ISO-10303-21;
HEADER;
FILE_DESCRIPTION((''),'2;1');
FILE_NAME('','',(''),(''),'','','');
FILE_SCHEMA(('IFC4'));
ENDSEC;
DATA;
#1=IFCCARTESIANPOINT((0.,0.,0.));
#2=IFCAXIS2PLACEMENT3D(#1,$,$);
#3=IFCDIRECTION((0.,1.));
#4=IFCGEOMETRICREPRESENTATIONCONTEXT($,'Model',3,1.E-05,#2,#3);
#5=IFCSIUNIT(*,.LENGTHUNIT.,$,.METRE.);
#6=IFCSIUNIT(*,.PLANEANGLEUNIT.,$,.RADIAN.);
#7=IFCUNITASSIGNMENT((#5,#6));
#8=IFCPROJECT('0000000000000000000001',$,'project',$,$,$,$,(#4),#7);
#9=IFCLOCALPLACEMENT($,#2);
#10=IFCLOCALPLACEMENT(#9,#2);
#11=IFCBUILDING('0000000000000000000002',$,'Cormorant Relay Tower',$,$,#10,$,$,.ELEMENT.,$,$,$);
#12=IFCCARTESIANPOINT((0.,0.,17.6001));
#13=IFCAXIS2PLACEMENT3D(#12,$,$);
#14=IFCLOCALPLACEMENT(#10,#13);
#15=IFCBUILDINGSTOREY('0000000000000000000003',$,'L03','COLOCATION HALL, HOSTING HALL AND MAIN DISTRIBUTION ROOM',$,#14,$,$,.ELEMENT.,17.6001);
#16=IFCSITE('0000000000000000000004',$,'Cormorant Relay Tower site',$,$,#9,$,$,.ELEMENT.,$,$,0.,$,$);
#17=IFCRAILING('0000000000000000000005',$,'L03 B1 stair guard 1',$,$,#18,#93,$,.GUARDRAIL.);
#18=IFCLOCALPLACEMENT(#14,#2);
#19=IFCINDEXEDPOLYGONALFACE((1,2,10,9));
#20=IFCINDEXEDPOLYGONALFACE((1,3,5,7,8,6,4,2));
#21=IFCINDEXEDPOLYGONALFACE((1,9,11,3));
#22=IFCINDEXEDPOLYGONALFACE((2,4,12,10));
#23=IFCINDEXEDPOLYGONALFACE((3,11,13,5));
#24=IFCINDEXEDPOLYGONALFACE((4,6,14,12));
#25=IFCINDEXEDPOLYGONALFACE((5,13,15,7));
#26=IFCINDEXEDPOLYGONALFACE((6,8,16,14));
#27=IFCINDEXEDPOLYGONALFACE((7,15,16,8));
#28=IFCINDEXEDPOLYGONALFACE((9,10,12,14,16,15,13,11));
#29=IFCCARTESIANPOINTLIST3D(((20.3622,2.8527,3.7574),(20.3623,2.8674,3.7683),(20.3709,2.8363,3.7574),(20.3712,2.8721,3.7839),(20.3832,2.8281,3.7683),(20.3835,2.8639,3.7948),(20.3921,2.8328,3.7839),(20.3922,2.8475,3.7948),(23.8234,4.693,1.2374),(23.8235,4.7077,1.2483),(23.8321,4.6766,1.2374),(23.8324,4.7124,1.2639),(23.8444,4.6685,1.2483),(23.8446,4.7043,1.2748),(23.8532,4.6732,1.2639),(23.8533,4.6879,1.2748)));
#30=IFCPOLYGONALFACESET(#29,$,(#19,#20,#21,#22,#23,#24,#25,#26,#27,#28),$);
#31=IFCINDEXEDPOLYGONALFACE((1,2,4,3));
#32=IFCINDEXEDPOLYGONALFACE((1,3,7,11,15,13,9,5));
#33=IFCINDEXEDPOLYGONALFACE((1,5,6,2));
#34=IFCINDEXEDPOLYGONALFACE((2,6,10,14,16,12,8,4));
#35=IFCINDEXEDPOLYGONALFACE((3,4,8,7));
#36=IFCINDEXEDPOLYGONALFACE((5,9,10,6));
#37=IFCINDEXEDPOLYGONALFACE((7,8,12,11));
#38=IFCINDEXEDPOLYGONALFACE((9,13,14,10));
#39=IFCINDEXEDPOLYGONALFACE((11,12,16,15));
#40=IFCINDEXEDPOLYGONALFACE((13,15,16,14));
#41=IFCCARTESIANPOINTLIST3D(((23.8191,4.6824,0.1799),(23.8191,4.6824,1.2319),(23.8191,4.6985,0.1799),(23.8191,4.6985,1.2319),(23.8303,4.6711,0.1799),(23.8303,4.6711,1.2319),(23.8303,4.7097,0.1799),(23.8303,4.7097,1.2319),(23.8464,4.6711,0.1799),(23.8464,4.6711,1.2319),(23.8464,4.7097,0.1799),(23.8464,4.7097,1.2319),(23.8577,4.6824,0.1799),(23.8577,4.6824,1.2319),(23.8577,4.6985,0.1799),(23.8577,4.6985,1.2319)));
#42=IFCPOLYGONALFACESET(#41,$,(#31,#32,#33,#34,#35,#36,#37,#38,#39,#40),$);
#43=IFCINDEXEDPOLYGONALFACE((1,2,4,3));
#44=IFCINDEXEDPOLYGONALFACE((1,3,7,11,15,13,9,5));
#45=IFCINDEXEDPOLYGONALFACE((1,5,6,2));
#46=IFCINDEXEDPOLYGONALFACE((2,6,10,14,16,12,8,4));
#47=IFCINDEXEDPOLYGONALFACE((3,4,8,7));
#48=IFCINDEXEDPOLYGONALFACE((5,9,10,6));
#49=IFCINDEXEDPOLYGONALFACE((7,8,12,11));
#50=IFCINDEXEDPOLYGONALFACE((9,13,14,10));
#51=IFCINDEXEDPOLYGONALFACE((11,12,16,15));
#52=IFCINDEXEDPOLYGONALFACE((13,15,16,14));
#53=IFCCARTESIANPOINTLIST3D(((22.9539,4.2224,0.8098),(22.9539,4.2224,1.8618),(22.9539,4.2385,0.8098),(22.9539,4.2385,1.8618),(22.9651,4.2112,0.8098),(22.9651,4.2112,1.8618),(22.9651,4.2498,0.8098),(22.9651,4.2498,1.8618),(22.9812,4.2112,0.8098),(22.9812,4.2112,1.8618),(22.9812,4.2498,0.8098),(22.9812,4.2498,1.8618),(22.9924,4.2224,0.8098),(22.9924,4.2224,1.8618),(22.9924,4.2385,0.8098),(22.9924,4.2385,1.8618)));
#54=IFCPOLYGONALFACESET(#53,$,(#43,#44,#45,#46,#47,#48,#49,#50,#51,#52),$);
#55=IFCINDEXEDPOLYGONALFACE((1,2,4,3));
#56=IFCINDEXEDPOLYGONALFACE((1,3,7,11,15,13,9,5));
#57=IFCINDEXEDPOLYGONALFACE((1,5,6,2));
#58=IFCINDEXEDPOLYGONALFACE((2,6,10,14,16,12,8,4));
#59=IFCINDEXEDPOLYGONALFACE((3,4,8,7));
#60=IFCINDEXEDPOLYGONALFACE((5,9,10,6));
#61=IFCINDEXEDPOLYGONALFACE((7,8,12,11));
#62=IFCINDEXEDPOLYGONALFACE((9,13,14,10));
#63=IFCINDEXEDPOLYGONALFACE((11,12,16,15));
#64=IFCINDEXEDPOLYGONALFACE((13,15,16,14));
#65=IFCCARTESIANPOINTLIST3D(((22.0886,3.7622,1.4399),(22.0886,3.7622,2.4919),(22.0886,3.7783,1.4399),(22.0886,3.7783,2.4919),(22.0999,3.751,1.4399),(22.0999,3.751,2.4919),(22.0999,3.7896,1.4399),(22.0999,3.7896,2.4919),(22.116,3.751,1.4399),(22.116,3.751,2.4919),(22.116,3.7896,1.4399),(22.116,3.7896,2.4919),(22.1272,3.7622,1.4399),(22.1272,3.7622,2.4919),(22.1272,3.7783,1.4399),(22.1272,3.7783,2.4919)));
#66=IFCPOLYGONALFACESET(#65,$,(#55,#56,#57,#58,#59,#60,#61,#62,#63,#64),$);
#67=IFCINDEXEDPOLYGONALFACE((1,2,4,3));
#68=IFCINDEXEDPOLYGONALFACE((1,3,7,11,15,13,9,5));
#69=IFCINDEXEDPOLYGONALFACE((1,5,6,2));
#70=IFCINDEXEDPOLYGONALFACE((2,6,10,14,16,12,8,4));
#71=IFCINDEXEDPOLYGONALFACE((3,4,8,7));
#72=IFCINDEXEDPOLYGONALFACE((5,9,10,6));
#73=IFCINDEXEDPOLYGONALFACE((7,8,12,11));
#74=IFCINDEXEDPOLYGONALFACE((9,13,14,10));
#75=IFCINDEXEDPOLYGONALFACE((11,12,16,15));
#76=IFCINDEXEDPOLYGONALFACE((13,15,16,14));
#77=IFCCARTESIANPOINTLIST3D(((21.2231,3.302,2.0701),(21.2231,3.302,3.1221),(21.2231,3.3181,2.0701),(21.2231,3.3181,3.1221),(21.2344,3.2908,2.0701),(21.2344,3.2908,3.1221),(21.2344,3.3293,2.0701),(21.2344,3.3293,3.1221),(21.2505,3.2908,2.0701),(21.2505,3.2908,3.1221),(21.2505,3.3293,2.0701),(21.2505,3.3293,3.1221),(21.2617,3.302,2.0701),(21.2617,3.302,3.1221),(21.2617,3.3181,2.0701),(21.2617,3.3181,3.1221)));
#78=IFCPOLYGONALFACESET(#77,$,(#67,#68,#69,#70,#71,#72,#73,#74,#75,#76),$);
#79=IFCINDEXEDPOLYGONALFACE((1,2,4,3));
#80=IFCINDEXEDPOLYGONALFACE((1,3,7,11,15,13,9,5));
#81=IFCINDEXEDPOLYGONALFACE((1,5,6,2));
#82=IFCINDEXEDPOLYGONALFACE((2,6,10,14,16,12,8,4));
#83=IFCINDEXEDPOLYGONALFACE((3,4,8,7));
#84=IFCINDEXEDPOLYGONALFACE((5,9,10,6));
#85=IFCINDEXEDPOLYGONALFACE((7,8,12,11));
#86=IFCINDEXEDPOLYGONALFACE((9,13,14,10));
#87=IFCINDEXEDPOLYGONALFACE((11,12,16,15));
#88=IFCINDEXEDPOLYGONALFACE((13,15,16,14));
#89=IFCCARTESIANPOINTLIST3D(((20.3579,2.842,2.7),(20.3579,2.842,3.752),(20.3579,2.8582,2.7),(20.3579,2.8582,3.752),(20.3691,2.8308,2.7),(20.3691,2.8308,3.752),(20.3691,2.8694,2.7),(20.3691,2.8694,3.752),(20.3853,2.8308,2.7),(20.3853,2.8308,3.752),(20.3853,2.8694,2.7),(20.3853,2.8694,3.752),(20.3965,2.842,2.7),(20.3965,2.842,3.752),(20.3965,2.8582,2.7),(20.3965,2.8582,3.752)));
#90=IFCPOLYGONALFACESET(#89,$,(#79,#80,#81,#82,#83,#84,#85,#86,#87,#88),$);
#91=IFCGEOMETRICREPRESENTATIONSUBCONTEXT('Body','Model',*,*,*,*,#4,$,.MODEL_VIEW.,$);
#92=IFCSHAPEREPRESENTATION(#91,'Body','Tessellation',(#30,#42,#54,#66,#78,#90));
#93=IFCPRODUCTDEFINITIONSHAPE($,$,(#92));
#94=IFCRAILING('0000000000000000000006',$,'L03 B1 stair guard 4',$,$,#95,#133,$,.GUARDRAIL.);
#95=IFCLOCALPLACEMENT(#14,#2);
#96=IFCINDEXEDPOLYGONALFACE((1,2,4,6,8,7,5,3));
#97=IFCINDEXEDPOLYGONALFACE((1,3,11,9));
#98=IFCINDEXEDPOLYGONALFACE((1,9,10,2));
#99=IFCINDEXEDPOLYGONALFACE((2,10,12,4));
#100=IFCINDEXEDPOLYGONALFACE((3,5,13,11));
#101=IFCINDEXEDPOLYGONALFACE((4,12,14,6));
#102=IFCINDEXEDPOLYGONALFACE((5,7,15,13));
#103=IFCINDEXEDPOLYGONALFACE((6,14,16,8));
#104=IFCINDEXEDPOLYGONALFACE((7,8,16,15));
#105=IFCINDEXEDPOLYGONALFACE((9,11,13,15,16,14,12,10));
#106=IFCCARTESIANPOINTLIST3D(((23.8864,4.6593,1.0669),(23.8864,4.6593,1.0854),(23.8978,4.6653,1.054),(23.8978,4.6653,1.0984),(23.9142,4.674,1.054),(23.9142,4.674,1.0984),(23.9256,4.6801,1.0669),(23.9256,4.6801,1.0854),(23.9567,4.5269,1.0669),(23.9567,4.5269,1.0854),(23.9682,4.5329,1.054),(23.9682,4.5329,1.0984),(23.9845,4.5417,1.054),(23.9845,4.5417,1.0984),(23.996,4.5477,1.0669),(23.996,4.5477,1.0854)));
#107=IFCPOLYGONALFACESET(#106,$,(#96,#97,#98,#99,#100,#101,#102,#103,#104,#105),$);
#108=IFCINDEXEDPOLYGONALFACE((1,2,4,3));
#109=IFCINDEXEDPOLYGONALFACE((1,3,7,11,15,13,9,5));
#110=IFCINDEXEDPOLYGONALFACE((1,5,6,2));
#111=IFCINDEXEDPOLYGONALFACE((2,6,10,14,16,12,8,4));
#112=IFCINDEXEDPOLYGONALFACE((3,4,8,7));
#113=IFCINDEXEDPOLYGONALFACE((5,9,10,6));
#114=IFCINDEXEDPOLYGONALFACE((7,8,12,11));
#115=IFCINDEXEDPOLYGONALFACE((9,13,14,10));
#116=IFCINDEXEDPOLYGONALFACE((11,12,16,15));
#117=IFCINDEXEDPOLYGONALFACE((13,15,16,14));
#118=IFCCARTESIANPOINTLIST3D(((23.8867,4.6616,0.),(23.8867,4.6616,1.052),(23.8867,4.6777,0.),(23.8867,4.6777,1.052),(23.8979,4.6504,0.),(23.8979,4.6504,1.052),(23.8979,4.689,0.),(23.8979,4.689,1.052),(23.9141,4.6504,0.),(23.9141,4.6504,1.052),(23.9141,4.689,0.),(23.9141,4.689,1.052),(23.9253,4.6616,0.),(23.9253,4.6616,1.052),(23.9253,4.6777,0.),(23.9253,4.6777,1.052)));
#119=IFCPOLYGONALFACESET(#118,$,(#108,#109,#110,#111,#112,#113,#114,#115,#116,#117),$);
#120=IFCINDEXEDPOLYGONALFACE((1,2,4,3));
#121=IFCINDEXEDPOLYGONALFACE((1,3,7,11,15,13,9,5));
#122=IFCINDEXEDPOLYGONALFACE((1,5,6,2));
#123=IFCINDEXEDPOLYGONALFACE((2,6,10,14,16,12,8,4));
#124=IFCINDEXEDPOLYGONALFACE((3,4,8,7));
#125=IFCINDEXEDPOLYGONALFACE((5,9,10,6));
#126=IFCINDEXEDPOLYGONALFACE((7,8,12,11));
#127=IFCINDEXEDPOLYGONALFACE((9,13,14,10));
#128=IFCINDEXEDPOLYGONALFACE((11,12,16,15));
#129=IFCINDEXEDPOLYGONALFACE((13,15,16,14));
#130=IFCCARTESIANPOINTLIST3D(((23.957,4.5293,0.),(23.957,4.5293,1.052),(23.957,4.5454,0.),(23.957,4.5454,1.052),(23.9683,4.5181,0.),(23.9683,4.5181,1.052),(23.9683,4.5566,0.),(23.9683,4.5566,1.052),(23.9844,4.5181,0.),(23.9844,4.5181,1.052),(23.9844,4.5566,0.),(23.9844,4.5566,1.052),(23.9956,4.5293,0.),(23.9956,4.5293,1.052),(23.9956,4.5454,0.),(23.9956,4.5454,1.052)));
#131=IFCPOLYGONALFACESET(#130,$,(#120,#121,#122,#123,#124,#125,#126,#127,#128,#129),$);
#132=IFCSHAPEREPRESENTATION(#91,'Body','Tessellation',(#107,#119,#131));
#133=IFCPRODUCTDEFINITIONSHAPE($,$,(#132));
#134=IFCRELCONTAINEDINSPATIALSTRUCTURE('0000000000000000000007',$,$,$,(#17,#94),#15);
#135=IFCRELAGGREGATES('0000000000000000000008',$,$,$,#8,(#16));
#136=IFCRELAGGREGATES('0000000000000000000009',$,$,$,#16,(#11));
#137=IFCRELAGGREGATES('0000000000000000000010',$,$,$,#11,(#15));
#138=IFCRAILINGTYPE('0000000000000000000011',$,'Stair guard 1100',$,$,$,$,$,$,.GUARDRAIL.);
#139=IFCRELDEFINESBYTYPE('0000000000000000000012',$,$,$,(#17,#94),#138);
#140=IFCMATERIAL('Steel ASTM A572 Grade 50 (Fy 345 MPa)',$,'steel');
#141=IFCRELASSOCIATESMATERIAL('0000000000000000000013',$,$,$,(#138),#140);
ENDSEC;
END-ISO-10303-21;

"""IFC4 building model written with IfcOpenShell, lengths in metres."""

from ifc_helpers import new_model, si_unit, direction, frame, origin, place, context, subcontext, project, spatial, polyline, outline, extrude, material, type_object, element, save


model = new_model("IFC4")

# Units and contexts
model_context = context("Model", 3, precision=1e-05, world=origin(), true_north=direction((0.0, 1.0)))
body_context = subcontext(model_context, "Body", "Model", "MODEL_VIEW")
ifc_project = project(units=[si_unit("LENGTHUNIT", "METRE"), si_unit("PLANEANGLEUNIT", "RADIAN")], contexts=[model_context])

# Site, building, storey
site_placement = place(None, origin())
site = spatial("IfcSite", under=ifc_project, at=site_placement, Name="Cormorant Relay Tower site", CompositionType="ELEMENT", RefElevation=0.0)
building_placement = place(site_placement, origin())
building = spatial("IfcBuilding", under=site, at=building_placement, Name="Cormorant Relay Tower", CompositionType="ELEMENT")
storey_placement = place(building_placement, frame((0.0, 0.0, 17.6001)))
storey = spatial("IfcBuildingStorey", under=building, at=storey_placement, Name="L03", Description="COLOCATION HALL, HOSTING HALL AND MAIN DISTRIBUTION ROOM", CompositionType="ELEMENT", Elevation=17.6001)

# Railings
ifc_material_1 = material(Name="Steel ASTM A572 Grade 50 (Fy 345 MPa)", Category="steel")
railing_type_1 = type_object("IfcRailingType", Name="Stair guard 1100", PredefinedType="GUARDRAIL", material=ifc_material_1)
railing_1_placement = place(storey_placement, frame((23.8384, 4.6904, 0.1799)))
element("IfcRailing", 1, at=railing_1_placement, inside=storey, type_object=railing_type_1, Name="L03 B1 stair guard 1", PredefinedType="GUARDRAIL", context=body_context, shape_type="SweptSolid", body=[
    extrude(outline(polyline([(0.0222, 0.0093), (0.0093, 0.0222), (-0.0093, 0.0222), (-0.0222, 0.0093), (-0.0222, -0.0093), (-0.0093, -0.0222), (0.0093, -0.0222), (0.0222, -0.0093), (0.0222, 0.0093)])), frame((0.0, 0.0, 1.0762), z_axis=(-0.742717, -0.394907, 0.540758), x_axis=(0.469469, -0.882949, 0.0)), (0.0, 0.0, 1.0), 4.6602),
    extrude(outline(polyline([(0.0193, 0.0081), (0.0081, 0.0193), (-0.0081, 0.0193), (-0.0193, 0.0081), (-0.0193, -0.0081), (-0.0081, -0.0193), (0.0081, -0.0193), (0.0193, -0.0081), (0.0193, 0.0081)])), origin(), (0.0, 0.0, 1.0), 1.052),
    extrude(outline(polyline([(0.0193, 0.0081), (0.0081, 0.0193), (-0.0081, 0.0193), (-0.0193, 0.0081), (-0.0193, -0.0081), (-0.0081, -0.0193), (0.0081, -0.0193), (0.0193, -0.0081), (0.0193, 0.0081)])), frame((-0.8652, -0.46, 0.6299)), (0.0, 0.0, 1.0), 1.052),
    extrude(outline(polyline([(0.0193, 0.0081), (0.0081, 0.0193), (-0.0081, 0.0193), (-0.0193, 0.0081), (-0.0193, -0.0081), (-0.0081, -0.0193), (0.0081, -0.0193), (0.0193, -0.0081), (0.0193, 0.0081)])), frame((-1.7305, -0.9202, 1.26)), (0.0, 0.0, 1.0), 1.052),
    extrude(outline(polyline([(0.0193, 0.0081), (0.0081, 0.0193), (-0.0081, 0.0193), (-0.0193, 0.0081), (-0.0193, -0.0081), (-0.0081, -0.0193), (0.0081, -0.0193), (0.0193, -0.0081), (0.0193, 0.0081)])), frame((-2.5959, -1.3804, 1.8901)), (0.0, 0.0, 1.0), 1.052),
    extrude(outline(polyline([(0.0193, 0.0081), (0.0081, 0.0193), (-0.0081, 0.0193), (-0.0193, 0.0081), (-0.0193, -0.0081), (-0.0081, -0.0193), (0.0081, -0.0193), (0.0193, -0.0081), (0.0193, 0.0081)])), frame((-3.4612, -1.8403, 2.52)), (0.0, 0.0, 1.0), 1.052),
])
railing_2_placement = place(storey_placement, frame((23.906, 4.6697, 0.0)))
element("IfcRailing", 2, at=railing_2_placement, inside=storey, type_object=railing_type_1, Name="L03 B1 stair guard 4", PredefinedType="GUARDRAIL", context=body_context, shape_type="SweptSolid", body=[
    extrude(outline(polyline([(0.0222, 0.0093), (0.0093, 0.0222), (-0.0093, 0.0222), (-0.0222, 0.0093), (-0.0222, -0.0093), (-0.0093, -0.0222), (0.0093, -0.0222), (0.0222, -0.0093), (0.0222, 0.0093)])), frame((0.0, 0.0, 1.0762), z_axis=(0.469235, -0.883074, 0.0), x_axis=(0.883074, 0.469235, 0.0)), (0.0, 0.0, 1.0), 0.1499),
    extrude(outline(polyline([(0.0193, 0.0081), (0.0081, 0.0193), (-0.0081, 0.0193), (-0.0193, 0.0081), (-0.0193, -0.0081), (-0.0081, -0.0193), (0.0081, -0.0193), (0.0193, -0.0081), (0.0193, 0.0081)])), origin(), (0.0, 0.0, 1.0), 1.052),
    extrude(outline(polyline([(0.0193, 0.0081), (0.0081, 0.0193), (-0.0081, 0.0193), (-0.0193, 0.0081), (-0.0193, -0.0081), (-0.0081, -0.0193), (0.0081, -0.0193), (0.0193, -0.0081), (0.0193, 0.0081)])), frame((0.0703, -0.1323, 0.0)), (0.0, 0.0, 1.0), 1.052),
])

save(model, "model.ifc")
